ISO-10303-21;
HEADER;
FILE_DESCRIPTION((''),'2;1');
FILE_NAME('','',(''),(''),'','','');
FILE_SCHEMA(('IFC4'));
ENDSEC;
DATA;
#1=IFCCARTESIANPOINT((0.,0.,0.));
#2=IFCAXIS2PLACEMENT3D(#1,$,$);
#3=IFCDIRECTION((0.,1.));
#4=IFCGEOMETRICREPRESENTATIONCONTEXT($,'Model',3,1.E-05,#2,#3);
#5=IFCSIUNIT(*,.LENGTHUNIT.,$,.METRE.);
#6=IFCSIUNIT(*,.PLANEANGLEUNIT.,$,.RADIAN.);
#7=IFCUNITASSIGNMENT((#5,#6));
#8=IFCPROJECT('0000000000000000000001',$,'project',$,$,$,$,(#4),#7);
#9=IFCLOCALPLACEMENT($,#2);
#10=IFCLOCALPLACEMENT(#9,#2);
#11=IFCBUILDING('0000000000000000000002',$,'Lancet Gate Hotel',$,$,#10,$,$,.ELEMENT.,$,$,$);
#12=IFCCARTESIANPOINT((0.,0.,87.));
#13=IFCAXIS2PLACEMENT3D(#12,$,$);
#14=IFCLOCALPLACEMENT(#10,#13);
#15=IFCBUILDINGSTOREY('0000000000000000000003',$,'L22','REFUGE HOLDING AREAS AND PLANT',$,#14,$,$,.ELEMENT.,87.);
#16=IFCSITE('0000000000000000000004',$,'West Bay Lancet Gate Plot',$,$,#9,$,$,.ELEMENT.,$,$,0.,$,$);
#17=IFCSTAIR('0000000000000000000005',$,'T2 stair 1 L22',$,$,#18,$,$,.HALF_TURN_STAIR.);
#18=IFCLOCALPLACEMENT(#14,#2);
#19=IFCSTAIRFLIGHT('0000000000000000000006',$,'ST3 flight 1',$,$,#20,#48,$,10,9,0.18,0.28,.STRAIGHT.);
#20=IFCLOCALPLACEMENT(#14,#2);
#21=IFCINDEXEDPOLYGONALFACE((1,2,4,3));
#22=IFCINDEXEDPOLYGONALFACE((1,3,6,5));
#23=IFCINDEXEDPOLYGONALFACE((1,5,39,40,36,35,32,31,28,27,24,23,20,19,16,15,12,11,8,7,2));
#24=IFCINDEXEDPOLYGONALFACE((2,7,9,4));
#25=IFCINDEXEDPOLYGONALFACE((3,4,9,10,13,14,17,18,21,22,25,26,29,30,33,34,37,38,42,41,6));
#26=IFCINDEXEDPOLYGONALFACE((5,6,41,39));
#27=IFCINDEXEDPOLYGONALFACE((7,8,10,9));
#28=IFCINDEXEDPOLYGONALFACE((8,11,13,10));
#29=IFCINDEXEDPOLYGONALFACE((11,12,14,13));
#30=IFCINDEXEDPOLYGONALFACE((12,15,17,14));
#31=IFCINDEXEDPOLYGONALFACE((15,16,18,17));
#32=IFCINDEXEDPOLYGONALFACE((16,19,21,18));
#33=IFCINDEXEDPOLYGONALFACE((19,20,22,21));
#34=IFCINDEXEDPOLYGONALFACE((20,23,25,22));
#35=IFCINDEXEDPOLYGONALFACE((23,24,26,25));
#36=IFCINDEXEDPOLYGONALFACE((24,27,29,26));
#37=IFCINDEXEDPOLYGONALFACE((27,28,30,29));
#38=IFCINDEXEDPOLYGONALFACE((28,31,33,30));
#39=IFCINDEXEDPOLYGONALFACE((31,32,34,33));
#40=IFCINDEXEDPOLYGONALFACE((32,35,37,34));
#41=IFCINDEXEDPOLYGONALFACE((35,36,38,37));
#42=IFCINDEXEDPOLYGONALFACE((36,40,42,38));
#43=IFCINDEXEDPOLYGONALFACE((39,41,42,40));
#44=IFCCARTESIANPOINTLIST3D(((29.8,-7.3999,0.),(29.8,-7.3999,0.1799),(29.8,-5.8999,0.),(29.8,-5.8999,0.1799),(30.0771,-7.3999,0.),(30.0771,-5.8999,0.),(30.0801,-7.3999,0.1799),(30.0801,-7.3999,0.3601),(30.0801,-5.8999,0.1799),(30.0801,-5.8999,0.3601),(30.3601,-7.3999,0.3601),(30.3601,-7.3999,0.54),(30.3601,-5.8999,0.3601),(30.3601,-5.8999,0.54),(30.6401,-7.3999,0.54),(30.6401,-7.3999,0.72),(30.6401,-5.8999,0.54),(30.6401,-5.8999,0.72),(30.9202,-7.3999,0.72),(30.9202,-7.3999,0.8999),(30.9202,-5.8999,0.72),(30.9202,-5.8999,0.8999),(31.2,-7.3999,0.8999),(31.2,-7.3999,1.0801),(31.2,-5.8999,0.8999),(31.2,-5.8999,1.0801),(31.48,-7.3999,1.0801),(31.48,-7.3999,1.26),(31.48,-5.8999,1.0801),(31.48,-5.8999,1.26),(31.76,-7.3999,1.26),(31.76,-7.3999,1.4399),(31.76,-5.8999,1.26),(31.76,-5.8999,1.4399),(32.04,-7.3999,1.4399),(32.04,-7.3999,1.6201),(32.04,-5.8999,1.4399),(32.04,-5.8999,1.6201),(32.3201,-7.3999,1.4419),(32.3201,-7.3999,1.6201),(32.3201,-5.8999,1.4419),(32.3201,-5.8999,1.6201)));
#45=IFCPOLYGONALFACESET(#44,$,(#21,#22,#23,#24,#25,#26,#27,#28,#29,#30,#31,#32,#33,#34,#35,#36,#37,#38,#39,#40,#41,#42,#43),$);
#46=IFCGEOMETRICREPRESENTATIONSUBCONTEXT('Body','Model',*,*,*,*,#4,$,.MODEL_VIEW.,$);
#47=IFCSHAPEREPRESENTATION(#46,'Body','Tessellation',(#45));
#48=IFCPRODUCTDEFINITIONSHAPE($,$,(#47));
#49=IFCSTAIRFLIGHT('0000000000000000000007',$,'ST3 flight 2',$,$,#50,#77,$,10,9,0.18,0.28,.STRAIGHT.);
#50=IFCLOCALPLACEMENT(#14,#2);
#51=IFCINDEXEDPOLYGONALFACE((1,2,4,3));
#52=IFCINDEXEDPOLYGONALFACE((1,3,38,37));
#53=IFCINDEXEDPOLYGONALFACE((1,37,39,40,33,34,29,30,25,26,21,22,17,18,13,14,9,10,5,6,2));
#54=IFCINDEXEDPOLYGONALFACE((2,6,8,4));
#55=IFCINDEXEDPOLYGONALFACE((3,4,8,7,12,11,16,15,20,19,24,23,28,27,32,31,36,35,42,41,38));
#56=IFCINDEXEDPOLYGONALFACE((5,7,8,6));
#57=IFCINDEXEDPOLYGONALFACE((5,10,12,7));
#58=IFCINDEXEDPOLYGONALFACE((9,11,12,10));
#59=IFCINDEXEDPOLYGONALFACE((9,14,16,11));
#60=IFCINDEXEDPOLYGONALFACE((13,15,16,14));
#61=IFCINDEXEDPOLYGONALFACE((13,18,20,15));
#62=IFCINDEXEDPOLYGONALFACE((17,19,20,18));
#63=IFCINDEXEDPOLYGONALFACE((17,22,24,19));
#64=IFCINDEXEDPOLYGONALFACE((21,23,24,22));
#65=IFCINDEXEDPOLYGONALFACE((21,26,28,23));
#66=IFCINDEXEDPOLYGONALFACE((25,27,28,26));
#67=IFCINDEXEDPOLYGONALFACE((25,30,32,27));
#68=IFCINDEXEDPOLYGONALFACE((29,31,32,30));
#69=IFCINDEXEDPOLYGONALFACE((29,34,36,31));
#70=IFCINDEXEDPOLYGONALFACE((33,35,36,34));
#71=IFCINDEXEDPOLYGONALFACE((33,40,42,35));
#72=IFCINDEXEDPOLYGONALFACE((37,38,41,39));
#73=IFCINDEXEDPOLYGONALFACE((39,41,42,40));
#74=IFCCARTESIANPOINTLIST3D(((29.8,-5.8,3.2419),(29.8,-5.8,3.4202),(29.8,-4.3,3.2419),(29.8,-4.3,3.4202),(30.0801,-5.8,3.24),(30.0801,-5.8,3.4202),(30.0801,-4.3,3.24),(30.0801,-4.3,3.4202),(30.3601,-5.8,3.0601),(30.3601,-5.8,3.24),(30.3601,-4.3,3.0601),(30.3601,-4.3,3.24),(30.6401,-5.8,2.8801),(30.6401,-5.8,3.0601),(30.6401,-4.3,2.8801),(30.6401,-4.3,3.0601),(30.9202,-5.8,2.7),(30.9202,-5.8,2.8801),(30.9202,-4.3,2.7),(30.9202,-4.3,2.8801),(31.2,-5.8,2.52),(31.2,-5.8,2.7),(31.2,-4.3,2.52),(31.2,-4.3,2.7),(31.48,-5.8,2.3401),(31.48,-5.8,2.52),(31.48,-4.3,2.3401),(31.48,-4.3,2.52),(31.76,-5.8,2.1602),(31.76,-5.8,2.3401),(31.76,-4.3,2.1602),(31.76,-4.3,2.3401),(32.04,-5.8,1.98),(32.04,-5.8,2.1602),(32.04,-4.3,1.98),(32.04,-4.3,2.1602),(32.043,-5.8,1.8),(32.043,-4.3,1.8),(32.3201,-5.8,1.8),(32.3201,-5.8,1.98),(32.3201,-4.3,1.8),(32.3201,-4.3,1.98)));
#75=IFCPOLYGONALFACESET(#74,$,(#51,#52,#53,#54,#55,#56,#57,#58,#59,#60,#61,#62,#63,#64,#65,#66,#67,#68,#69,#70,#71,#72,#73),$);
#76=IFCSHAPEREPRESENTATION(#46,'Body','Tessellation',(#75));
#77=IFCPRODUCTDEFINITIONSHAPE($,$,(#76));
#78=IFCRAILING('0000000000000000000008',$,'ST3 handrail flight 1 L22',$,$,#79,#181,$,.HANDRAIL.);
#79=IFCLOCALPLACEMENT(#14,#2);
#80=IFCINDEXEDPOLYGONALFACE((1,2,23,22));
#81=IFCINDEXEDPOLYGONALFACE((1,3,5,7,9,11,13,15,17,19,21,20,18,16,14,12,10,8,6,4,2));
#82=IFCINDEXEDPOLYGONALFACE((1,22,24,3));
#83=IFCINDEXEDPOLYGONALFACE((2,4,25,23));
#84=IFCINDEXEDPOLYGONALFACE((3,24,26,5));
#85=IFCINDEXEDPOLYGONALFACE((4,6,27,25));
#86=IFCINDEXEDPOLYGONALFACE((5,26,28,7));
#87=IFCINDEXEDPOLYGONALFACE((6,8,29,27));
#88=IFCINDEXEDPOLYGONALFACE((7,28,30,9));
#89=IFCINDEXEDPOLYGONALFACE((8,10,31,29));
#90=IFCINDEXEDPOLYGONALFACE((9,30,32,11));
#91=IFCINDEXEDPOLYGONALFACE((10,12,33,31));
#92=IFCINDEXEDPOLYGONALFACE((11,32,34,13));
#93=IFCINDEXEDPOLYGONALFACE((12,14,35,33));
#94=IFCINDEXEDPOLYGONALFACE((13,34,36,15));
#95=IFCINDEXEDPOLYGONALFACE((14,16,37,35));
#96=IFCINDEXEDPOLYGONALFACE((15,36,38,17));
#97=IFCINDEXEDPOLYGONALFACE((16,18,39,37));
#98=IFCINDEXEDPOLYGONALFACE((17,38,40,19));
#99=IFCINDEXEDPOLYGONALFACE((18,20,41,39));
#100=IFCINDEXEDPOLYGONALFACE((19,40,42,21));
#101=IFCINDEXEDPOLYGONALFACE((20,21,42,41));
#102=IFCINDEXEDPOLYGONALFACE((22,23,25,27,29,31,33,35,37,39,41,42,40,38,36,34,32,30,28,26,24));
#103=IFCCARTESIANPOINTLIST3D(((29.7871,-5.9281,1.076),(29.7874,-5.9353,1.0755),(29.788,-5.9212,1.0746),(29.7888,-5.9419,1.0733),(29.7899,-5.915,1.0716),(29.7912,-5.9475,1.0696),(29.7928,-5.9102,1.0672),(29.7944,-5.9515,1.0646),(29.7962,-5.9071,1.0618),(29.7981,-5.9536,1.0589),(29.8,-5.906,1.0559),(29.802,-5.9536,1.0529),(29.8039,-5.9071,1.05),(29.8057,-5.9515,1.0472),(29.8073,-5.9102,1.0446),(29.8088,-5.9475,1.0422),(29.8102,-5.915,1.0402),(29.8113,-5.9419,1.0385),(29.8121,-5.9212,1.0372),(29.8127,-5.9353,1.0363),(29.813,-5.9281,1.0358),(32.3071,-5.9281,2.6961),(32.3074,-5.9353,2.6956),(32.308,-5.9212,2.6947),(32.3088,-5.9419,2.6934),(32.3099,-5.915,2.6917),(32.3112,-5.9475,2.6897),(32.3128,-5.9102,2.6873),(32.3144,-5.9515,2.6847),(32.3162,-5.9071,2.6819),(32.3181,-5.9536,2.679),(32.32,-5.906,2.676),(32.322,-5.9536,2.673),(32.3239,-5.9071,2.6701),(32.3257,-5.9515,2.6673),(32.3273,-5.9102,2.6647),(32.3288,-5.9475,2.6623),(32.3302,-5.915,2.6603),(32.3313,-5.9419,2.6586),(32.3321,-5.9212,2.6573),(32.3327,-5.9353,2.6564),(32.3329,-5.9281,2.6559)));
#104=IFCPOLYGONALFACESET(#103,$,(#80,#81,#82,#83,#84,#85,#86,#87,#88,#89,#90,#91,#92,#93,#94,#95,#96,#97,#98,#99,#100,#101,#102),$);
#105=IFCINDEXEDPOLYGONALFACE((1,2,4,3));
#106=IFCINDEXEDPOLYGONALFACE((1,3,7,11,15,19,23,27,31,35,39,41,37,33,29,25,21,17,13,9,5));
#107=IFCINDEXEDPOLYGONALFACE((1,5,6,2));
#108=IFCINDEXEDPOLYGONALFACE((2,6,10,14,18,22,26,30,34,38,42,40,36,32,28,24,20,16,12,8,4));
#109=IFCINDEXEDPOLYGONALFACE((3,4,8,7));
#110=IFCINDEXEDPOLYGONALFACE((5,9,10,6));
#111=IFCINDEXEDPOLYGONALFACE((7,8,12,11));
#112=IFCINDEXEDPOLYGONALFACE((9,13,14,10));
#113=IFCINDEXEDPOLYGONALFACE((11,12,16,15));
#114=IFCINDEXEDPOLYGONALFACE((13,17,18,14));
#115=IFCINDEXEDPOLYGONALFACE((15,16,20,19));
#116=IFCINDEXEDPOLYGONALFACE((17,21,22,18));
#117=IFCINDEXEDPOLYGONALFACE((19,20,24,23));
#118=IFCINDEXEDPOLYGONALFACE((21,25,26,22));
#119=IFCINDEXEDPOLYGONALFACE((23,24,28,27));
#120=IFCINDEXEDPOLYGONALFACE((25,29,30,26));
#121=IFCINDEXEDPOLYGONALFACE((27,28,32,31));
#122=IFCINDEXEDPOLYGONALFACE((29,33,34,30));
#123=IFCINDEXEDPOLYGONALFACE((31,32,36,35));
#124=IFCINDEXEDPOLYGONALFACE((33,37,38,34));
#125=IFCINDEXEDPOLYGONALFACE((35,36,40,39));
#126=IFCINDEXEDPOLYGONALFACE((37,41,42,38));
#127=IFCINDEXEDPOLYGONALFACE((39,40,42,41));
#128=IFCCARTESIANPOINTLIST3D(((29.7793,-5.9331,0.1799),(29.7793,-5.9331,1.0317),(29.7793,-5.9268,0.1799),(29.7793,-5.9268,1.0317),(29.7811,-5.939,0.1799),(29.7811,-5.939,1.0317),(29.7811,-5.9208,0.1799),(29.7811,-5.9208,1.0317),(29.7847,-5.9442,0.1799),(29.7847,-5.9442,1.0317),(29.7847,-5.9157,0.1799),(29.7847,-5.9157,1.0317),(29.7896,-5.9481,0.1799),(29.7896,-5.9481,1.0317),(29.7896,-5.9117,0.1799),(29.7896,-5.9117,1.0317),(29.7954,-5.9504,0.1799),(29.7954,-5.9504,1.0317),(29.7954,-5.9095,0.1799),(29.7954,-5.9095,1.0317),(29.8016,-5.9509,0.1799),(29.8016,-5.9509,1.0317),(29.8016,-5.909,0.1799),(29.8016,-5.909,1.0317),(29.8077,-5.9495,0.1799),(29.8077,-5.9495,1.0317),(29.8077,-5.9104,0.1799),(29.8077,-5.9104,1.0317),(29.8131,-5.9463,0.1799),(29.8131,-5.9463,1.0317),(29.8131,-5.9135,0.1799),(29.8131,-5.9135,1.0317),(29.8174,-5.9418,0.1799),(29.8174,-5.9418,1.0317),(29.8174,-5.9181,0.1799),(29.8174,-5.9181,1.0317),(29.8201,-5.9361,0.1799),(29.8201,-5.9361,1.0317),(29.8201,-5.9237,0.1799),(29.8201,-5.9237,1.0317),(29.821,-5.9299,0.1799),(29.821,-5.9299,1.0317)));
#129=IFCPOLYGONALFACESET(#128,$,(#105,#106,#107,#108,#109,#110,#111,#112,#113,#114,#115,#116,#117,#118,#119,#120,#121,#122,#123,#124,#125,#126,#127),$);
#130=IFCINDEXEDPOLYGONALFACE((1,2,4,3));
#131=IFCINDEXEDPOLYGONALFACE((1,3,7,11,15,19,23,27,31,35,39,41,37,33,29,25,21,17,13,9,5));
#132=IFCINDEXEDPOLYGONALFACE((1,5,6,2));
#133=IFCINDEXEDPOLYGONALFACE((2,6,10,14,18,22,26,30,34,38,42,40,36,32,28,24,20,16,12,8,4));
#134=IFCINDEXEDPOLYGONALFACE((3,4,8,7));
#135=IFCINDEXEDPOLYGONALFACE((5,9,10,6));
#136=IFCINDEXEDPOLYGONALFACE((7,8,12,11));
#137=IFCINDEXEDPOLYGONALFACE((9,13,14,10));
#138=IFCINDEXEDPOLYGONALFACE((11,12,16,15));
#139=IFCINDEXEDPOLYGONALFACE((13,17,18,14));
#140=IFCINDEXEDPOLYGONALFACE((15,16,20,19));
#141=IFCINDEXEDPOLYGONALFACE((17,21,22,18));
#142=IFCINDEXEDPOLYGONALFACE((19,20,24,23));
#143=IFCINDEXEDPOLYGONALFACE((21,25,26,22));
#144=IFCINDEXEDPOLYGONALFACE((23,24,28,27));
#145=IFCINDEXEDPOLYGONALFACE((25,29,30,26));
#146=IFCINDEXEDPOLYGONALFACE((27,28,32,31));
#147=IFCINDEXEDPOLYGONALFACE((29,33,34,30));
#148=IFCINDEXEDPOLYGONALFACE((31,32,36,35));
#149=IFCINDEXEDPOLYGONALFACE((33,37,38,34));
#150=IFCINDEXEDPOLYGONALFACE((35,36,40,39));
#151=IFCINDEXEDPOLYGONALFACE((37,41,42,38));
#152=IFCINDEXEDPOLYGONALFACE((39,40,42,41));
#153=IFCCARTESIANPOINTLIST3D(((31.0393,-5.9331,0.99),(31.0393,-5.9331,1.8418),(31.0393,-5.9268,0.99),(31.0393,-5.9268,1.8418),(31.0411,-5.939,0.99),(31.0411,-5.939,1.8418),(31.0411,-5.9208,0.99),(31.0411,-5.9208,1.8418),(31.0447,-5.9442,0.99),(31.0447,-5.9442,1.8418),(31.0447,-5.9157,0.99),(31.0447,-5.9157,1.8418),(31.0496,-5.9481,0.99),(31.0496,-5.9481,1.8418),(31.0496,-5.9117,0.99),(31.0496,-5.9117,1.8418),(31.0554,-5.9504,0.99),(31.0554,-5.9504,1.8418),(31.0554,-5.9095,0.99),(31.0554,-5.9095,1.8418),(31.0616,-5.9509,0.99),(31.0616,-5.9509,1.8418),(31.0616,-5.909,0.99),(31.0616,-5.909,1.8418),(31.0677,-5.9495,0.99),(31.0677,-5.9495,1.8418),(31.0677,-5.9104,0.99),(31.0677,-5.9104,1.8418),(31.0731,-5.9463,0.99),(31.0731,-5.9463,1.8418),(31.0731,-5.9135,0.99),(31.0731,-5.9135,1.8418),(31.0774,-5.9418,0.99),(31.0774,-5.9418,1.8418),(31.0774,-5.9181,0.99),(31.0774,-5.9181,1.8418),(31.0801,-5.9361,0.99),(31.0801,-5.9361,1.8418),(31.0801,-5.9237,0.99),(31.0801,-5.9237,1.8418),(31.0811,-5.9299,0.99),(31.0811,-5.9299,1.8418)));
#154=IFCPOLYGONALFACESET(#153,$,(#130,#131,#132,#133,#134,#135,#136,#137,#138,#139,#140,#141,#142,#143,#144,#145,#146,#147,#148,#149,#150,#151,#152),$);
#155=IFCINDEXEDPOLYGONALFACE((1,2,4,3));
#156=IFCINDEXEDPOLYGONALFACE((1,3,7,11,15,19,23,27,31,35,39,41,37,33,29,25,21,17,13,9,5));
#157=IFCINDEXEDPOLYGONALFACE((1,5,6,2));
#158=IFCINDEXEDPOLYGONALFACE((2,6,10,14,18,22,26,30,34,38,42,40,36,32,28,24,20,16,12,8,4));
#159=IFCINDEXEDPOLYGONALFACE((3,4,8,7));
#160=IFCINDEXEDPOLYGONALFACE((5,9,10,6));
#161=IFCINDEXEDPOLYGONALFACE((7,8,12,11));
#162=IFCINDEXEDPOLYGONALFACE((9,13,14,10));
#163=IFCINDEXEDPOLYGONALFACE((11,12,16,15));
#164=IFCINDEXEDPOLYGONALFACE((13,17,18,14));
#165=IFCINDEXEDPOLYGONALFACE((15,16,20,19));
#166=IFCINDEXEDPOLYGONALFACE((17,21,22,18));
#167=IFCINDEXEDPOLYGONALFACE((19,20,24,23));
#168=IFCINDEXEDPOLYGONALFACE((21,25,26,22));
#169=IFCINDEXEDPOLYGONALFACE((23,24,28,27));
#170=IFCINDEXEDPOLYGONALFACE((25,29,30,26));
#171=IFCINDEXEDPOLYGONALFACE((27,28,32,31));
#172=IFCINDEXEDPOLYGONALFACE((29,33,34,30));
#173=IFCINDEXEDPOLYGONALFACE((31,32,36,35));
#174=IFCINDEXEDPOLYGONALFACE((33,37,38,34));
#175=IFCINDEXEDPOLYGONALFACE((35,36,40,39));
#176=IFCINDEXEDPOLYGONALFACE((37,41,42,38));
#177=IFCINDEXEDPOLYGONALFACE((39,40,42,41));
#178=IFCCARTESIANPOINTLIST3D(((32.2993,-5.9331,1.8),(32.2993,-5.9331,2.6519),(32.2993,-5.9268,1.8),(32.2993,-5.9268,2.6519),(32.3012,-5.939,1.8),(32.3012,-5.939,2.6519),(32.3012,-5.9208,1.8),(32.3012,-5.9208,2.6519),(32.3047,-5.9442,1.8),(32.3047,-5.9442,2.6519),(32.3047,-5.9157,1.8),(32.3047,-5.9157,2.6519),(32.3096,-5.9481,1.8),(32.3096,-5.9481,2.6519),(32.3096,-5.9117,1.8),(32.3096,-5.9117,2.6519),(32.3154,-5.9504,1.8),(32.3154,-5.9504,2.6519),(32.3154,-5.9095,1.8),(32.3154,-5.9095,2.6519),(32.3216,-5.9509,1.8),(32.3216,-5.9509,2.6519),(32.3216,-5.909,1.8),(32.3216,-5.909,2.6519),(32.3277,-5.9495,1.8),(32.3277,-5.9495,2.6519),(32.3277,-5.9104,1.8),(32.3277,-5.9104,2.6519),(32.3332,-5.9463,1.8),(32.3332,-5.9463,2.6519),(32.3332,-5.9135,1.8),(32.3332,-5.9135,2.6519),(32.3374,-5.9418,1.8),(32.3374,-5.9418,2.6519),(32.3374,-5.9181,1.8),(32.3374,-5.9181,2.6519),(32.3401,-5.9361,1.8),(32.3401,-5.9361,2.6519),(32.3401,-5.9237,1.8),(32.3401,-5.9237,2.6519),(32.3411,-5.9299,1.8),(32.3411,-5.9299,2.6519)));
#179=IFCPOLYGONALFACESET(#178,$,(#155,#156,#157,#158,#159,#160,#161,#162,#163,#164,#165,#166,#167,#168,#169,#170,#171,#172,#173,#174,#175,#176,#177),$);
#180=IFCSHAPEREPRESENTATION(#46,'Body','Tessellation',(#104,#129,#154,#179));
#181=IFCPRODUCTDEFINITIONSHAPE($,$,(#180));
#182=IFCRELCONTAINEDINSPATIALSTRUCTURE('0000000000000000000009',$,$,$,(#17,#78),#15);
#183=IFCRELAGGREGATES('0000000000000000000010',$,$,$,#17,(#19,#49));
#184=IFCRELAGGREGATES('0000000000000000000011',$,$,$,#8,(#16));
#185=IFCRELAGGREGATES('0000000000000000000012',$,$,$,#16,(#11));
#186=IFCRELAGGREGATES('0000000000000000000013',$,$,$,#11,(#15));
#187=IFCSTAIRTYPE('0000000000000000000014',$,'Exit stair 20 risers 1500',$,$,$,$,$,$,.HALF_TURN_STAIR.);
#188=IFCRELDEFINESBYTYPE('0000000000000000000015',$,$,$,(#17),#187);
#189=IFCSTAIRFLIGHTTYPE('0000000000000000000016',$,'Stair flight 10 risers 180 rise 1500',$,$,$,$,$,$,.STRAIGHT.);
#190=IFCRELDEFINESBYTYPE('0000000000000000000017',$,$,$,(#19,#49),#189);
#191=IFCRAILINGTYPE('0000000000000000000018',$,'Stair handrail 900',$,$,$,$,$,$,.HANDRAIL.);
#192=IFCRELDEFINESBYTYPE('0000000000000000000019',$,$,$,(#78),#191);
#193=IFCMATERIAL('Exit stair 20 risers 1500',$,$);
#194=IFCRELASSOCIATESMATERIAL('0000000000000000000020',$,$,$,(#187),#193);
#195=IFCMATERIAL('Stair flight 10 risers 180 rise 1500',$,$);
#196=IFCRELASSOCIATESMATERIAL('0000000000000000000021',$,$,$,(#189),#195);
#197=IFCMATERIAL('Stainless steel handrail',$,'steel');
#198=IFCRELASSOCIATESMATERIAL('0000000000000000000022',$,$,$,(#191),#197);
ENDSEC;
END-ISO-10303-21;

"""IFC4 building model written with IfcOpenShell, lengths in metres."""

from ifc_helpers import new_model, si_unit, direction, frame, origin, origin_2d, place, context, subcontext, project, spatial, polyline, circle, outline, extrude, material, type_object, element, aggregate, save


model = new_model("IFC4")

# Units and contexts
model_context = context("Model", 3, precision=1e-05, world=origin(), true_north=direction((0.0, 1.0)))
body_context = subcontext(model_context, "Body", "Model", "MODEL_VIEW")
ifc_project = project(units=[si_unit("LENGTHUNIT", "METRE"), si_unit("PLANEANGLEUNIT", "RADIAN")], contexts=[model_context])

# Site, building, storey
site_placement = place(None, origin())
site = spatial("IfcSite", under=ifc_project, at=site_placement, Name="West Bay Lancet Gate Plot", CompositionType="ELEMENT", RefElevation=0.0)
building_placement = place(site_placement, origin())
building = spatial("IfcBuilding", under=site, at=building_placement, Name="Lancet Gate Hotel", CompositionType="ELEMENT")
storey_placement = place(building_placement, frame((0.0, 0.0, 87.0)))
storey = spatial("IfcBuildingStorey", under=building, at=storey_placement, Name="L22", Description="REFUGE HOLDING AREAS AND PLANT", CompositionType="ELEMENT", Elevation=87.0)

# Stair, stair flights
ifc_material_1 = material(Name="Exit stair 20 risers 1500")
stair_type = type_object("IfcStairType", Name="Exit stair 20 risers 1500", PredefinedType="HALF_TURN_STAIR", material=ifc_material_1)
stair_placement = place(storey_placement, origin())
stair = element("IfcStair", 1, at=stair_placement, inside=storey, type_object=stair_type, Name="T2 stair 1 L22", PredefinedType="HALF_TURN_STAIR")
ifc_material_2 = material(Name="Stair flight 10 risers 180 rise 1500")
stair_flight_type = type_object("IfcStairFlightType", Name="Stair flight 10 risers 180 rise 1500", PredefinedType="STRAIGHT", material=ifc_material_2)
stair_flight_1_placement = place(storey_placement, frame((29.8, -6.6499, 0.0), z_axis=(0.0, 0.0, 1.0), x_axis=(1.0, 0.0, 0.0)))
stair_flight_1 = element("IfcStairFlight", 2, at=stair_flight_1_placement, type_object=stair_flight_type, Name="ST3 flight 1", NumberOfRisers=10, NumberOfTreads=9, PredefinedType="STRAIGHT", RiserHeight=0.18, TreadLength=0.28, context=body_context, shape_type="SweptSolid", body=[
    extrude(outline(polyline([(0.0, 0.0), (0.0, 0.1799), (0.28, 0.1799), (0.28, 0.3601), (0.5601, 0.3601), (0.5601, 0.54), (0.8401, 0.54), (0.8401, 0.72), (1.1201, 0.72), (1.1201, 0.8999), (1.3999, 0.8999), (1.3999, 1.0801), (1.6799, 1.0801), (1.6799, 1.26), (1.96, 1.26), (1.96, 1.4399), (2.24, 1.4399), (2.24, 1.6201), (2.52, 1.6201), (2.52, 1.8), (2.52, 1.4419), (0.2771, 0.0), (0.0, 0.0)])), frame((0.0, 0.75, 0.0), z_axis=(0.0, -1.0, 0.0), x_axis=(1.0, 0.0, 0.0)), (0.0, 0.0, 1.0), 1.5),
])
stair_flight_2_placement = place(storey_placement, frame((32.3201, -5.05, 1.8), z_axis=(0.0, 0.0, 1.0), x_axis=(-1.0, 0.0, 0.0)))
stair_flight_2 = element("IfcStairFlight", 3, at=stair_flight_2_placement, type_object=stair_flight_type, Name="ST3 flight 2", NumberOfRisers=10, NumberOfTreads=9, PredefinedType="STRAIGHT", RiserHeight=0.18, TreadLength=0.28, context=body_context, shape_type="SweptSolid", body=[
    extrude(outline(polyline([(0.0, 0.0), (0.0, 0.1799), (0.28, 0.1799), (0.28, 0.3601), (0.5601, 0.3601), (0.5601, 0.54), (0.8401, 0.54), (0.8401, 0.72), (1.1201, 0.72), (1.1201, 0.8999), (1.3999, 0.8999), (1.3999, 1.0801), (1.6799, 1.0801), (1.6799, 1.26), (1.96, 1.26), (1.96, 1.4399), (2.24, 1.4399), (2.24, 1.6201), (2.52, 1.6201), (2.52, 1.8), (2.52, 1.4419), (0.2771, 0.0), (0.0, 0.0)])), frame((0.0, 0.75, 0.0), z_axis=(0.0, -1.0, 0.0), x_axis=(1.0, 0.0, 0.0)), (0.0, 0.0, 1.0), 1.5),
])
aggregate(stair, [stair_flight_1, stair_flight_2])

# Railing
ifc_material_3 = material(Name="Stainless steel handrail", Category="steel")
railing_type = type_object("IfcRailingType", Name="Stair handrail 900", PredefinedType="HANDRAIL", material=ifc_material_3)
railing_1_placement = place(storey_placement, frame((29.8, -5.9299, 0.1799)))
element("IfcRailing", 4, at=railing_1_placement, inside=storey, type_object=railing_type, Name="ST3 handrail flight 1 L22", PredefinedType="HANDRAIL", context=body_context, shape_type="SweptSolid", body=[
    extrude(circle(Radius=0.0239, at=origin_2d()), frame((0.0, 0.0, 0.876), z_axis=(0.841163, 0.0, 0.540782), x_axis=(0.0, 1.0, 0.0)), (0.0, 0.0, 1.0), 2.9958),
    extrude(circle(Radius=0.021, at=origin_2d()), origin(), (0.0, 0.0, 1.0), 0.8518),
    extrude(circle(Radius=0.021, at=origin_2d()), frame((1.26, 0.0, 0.8101)), (0.0, 0.0, 1.0), 0.8518),
    extrude(circle(Radius=0.021, at=origin_2d()), frame((2.52, 0.0, 1.6201)), (0.0, 0.0, 1.0), 0.8518),
])

save(model, "model.ifc")
